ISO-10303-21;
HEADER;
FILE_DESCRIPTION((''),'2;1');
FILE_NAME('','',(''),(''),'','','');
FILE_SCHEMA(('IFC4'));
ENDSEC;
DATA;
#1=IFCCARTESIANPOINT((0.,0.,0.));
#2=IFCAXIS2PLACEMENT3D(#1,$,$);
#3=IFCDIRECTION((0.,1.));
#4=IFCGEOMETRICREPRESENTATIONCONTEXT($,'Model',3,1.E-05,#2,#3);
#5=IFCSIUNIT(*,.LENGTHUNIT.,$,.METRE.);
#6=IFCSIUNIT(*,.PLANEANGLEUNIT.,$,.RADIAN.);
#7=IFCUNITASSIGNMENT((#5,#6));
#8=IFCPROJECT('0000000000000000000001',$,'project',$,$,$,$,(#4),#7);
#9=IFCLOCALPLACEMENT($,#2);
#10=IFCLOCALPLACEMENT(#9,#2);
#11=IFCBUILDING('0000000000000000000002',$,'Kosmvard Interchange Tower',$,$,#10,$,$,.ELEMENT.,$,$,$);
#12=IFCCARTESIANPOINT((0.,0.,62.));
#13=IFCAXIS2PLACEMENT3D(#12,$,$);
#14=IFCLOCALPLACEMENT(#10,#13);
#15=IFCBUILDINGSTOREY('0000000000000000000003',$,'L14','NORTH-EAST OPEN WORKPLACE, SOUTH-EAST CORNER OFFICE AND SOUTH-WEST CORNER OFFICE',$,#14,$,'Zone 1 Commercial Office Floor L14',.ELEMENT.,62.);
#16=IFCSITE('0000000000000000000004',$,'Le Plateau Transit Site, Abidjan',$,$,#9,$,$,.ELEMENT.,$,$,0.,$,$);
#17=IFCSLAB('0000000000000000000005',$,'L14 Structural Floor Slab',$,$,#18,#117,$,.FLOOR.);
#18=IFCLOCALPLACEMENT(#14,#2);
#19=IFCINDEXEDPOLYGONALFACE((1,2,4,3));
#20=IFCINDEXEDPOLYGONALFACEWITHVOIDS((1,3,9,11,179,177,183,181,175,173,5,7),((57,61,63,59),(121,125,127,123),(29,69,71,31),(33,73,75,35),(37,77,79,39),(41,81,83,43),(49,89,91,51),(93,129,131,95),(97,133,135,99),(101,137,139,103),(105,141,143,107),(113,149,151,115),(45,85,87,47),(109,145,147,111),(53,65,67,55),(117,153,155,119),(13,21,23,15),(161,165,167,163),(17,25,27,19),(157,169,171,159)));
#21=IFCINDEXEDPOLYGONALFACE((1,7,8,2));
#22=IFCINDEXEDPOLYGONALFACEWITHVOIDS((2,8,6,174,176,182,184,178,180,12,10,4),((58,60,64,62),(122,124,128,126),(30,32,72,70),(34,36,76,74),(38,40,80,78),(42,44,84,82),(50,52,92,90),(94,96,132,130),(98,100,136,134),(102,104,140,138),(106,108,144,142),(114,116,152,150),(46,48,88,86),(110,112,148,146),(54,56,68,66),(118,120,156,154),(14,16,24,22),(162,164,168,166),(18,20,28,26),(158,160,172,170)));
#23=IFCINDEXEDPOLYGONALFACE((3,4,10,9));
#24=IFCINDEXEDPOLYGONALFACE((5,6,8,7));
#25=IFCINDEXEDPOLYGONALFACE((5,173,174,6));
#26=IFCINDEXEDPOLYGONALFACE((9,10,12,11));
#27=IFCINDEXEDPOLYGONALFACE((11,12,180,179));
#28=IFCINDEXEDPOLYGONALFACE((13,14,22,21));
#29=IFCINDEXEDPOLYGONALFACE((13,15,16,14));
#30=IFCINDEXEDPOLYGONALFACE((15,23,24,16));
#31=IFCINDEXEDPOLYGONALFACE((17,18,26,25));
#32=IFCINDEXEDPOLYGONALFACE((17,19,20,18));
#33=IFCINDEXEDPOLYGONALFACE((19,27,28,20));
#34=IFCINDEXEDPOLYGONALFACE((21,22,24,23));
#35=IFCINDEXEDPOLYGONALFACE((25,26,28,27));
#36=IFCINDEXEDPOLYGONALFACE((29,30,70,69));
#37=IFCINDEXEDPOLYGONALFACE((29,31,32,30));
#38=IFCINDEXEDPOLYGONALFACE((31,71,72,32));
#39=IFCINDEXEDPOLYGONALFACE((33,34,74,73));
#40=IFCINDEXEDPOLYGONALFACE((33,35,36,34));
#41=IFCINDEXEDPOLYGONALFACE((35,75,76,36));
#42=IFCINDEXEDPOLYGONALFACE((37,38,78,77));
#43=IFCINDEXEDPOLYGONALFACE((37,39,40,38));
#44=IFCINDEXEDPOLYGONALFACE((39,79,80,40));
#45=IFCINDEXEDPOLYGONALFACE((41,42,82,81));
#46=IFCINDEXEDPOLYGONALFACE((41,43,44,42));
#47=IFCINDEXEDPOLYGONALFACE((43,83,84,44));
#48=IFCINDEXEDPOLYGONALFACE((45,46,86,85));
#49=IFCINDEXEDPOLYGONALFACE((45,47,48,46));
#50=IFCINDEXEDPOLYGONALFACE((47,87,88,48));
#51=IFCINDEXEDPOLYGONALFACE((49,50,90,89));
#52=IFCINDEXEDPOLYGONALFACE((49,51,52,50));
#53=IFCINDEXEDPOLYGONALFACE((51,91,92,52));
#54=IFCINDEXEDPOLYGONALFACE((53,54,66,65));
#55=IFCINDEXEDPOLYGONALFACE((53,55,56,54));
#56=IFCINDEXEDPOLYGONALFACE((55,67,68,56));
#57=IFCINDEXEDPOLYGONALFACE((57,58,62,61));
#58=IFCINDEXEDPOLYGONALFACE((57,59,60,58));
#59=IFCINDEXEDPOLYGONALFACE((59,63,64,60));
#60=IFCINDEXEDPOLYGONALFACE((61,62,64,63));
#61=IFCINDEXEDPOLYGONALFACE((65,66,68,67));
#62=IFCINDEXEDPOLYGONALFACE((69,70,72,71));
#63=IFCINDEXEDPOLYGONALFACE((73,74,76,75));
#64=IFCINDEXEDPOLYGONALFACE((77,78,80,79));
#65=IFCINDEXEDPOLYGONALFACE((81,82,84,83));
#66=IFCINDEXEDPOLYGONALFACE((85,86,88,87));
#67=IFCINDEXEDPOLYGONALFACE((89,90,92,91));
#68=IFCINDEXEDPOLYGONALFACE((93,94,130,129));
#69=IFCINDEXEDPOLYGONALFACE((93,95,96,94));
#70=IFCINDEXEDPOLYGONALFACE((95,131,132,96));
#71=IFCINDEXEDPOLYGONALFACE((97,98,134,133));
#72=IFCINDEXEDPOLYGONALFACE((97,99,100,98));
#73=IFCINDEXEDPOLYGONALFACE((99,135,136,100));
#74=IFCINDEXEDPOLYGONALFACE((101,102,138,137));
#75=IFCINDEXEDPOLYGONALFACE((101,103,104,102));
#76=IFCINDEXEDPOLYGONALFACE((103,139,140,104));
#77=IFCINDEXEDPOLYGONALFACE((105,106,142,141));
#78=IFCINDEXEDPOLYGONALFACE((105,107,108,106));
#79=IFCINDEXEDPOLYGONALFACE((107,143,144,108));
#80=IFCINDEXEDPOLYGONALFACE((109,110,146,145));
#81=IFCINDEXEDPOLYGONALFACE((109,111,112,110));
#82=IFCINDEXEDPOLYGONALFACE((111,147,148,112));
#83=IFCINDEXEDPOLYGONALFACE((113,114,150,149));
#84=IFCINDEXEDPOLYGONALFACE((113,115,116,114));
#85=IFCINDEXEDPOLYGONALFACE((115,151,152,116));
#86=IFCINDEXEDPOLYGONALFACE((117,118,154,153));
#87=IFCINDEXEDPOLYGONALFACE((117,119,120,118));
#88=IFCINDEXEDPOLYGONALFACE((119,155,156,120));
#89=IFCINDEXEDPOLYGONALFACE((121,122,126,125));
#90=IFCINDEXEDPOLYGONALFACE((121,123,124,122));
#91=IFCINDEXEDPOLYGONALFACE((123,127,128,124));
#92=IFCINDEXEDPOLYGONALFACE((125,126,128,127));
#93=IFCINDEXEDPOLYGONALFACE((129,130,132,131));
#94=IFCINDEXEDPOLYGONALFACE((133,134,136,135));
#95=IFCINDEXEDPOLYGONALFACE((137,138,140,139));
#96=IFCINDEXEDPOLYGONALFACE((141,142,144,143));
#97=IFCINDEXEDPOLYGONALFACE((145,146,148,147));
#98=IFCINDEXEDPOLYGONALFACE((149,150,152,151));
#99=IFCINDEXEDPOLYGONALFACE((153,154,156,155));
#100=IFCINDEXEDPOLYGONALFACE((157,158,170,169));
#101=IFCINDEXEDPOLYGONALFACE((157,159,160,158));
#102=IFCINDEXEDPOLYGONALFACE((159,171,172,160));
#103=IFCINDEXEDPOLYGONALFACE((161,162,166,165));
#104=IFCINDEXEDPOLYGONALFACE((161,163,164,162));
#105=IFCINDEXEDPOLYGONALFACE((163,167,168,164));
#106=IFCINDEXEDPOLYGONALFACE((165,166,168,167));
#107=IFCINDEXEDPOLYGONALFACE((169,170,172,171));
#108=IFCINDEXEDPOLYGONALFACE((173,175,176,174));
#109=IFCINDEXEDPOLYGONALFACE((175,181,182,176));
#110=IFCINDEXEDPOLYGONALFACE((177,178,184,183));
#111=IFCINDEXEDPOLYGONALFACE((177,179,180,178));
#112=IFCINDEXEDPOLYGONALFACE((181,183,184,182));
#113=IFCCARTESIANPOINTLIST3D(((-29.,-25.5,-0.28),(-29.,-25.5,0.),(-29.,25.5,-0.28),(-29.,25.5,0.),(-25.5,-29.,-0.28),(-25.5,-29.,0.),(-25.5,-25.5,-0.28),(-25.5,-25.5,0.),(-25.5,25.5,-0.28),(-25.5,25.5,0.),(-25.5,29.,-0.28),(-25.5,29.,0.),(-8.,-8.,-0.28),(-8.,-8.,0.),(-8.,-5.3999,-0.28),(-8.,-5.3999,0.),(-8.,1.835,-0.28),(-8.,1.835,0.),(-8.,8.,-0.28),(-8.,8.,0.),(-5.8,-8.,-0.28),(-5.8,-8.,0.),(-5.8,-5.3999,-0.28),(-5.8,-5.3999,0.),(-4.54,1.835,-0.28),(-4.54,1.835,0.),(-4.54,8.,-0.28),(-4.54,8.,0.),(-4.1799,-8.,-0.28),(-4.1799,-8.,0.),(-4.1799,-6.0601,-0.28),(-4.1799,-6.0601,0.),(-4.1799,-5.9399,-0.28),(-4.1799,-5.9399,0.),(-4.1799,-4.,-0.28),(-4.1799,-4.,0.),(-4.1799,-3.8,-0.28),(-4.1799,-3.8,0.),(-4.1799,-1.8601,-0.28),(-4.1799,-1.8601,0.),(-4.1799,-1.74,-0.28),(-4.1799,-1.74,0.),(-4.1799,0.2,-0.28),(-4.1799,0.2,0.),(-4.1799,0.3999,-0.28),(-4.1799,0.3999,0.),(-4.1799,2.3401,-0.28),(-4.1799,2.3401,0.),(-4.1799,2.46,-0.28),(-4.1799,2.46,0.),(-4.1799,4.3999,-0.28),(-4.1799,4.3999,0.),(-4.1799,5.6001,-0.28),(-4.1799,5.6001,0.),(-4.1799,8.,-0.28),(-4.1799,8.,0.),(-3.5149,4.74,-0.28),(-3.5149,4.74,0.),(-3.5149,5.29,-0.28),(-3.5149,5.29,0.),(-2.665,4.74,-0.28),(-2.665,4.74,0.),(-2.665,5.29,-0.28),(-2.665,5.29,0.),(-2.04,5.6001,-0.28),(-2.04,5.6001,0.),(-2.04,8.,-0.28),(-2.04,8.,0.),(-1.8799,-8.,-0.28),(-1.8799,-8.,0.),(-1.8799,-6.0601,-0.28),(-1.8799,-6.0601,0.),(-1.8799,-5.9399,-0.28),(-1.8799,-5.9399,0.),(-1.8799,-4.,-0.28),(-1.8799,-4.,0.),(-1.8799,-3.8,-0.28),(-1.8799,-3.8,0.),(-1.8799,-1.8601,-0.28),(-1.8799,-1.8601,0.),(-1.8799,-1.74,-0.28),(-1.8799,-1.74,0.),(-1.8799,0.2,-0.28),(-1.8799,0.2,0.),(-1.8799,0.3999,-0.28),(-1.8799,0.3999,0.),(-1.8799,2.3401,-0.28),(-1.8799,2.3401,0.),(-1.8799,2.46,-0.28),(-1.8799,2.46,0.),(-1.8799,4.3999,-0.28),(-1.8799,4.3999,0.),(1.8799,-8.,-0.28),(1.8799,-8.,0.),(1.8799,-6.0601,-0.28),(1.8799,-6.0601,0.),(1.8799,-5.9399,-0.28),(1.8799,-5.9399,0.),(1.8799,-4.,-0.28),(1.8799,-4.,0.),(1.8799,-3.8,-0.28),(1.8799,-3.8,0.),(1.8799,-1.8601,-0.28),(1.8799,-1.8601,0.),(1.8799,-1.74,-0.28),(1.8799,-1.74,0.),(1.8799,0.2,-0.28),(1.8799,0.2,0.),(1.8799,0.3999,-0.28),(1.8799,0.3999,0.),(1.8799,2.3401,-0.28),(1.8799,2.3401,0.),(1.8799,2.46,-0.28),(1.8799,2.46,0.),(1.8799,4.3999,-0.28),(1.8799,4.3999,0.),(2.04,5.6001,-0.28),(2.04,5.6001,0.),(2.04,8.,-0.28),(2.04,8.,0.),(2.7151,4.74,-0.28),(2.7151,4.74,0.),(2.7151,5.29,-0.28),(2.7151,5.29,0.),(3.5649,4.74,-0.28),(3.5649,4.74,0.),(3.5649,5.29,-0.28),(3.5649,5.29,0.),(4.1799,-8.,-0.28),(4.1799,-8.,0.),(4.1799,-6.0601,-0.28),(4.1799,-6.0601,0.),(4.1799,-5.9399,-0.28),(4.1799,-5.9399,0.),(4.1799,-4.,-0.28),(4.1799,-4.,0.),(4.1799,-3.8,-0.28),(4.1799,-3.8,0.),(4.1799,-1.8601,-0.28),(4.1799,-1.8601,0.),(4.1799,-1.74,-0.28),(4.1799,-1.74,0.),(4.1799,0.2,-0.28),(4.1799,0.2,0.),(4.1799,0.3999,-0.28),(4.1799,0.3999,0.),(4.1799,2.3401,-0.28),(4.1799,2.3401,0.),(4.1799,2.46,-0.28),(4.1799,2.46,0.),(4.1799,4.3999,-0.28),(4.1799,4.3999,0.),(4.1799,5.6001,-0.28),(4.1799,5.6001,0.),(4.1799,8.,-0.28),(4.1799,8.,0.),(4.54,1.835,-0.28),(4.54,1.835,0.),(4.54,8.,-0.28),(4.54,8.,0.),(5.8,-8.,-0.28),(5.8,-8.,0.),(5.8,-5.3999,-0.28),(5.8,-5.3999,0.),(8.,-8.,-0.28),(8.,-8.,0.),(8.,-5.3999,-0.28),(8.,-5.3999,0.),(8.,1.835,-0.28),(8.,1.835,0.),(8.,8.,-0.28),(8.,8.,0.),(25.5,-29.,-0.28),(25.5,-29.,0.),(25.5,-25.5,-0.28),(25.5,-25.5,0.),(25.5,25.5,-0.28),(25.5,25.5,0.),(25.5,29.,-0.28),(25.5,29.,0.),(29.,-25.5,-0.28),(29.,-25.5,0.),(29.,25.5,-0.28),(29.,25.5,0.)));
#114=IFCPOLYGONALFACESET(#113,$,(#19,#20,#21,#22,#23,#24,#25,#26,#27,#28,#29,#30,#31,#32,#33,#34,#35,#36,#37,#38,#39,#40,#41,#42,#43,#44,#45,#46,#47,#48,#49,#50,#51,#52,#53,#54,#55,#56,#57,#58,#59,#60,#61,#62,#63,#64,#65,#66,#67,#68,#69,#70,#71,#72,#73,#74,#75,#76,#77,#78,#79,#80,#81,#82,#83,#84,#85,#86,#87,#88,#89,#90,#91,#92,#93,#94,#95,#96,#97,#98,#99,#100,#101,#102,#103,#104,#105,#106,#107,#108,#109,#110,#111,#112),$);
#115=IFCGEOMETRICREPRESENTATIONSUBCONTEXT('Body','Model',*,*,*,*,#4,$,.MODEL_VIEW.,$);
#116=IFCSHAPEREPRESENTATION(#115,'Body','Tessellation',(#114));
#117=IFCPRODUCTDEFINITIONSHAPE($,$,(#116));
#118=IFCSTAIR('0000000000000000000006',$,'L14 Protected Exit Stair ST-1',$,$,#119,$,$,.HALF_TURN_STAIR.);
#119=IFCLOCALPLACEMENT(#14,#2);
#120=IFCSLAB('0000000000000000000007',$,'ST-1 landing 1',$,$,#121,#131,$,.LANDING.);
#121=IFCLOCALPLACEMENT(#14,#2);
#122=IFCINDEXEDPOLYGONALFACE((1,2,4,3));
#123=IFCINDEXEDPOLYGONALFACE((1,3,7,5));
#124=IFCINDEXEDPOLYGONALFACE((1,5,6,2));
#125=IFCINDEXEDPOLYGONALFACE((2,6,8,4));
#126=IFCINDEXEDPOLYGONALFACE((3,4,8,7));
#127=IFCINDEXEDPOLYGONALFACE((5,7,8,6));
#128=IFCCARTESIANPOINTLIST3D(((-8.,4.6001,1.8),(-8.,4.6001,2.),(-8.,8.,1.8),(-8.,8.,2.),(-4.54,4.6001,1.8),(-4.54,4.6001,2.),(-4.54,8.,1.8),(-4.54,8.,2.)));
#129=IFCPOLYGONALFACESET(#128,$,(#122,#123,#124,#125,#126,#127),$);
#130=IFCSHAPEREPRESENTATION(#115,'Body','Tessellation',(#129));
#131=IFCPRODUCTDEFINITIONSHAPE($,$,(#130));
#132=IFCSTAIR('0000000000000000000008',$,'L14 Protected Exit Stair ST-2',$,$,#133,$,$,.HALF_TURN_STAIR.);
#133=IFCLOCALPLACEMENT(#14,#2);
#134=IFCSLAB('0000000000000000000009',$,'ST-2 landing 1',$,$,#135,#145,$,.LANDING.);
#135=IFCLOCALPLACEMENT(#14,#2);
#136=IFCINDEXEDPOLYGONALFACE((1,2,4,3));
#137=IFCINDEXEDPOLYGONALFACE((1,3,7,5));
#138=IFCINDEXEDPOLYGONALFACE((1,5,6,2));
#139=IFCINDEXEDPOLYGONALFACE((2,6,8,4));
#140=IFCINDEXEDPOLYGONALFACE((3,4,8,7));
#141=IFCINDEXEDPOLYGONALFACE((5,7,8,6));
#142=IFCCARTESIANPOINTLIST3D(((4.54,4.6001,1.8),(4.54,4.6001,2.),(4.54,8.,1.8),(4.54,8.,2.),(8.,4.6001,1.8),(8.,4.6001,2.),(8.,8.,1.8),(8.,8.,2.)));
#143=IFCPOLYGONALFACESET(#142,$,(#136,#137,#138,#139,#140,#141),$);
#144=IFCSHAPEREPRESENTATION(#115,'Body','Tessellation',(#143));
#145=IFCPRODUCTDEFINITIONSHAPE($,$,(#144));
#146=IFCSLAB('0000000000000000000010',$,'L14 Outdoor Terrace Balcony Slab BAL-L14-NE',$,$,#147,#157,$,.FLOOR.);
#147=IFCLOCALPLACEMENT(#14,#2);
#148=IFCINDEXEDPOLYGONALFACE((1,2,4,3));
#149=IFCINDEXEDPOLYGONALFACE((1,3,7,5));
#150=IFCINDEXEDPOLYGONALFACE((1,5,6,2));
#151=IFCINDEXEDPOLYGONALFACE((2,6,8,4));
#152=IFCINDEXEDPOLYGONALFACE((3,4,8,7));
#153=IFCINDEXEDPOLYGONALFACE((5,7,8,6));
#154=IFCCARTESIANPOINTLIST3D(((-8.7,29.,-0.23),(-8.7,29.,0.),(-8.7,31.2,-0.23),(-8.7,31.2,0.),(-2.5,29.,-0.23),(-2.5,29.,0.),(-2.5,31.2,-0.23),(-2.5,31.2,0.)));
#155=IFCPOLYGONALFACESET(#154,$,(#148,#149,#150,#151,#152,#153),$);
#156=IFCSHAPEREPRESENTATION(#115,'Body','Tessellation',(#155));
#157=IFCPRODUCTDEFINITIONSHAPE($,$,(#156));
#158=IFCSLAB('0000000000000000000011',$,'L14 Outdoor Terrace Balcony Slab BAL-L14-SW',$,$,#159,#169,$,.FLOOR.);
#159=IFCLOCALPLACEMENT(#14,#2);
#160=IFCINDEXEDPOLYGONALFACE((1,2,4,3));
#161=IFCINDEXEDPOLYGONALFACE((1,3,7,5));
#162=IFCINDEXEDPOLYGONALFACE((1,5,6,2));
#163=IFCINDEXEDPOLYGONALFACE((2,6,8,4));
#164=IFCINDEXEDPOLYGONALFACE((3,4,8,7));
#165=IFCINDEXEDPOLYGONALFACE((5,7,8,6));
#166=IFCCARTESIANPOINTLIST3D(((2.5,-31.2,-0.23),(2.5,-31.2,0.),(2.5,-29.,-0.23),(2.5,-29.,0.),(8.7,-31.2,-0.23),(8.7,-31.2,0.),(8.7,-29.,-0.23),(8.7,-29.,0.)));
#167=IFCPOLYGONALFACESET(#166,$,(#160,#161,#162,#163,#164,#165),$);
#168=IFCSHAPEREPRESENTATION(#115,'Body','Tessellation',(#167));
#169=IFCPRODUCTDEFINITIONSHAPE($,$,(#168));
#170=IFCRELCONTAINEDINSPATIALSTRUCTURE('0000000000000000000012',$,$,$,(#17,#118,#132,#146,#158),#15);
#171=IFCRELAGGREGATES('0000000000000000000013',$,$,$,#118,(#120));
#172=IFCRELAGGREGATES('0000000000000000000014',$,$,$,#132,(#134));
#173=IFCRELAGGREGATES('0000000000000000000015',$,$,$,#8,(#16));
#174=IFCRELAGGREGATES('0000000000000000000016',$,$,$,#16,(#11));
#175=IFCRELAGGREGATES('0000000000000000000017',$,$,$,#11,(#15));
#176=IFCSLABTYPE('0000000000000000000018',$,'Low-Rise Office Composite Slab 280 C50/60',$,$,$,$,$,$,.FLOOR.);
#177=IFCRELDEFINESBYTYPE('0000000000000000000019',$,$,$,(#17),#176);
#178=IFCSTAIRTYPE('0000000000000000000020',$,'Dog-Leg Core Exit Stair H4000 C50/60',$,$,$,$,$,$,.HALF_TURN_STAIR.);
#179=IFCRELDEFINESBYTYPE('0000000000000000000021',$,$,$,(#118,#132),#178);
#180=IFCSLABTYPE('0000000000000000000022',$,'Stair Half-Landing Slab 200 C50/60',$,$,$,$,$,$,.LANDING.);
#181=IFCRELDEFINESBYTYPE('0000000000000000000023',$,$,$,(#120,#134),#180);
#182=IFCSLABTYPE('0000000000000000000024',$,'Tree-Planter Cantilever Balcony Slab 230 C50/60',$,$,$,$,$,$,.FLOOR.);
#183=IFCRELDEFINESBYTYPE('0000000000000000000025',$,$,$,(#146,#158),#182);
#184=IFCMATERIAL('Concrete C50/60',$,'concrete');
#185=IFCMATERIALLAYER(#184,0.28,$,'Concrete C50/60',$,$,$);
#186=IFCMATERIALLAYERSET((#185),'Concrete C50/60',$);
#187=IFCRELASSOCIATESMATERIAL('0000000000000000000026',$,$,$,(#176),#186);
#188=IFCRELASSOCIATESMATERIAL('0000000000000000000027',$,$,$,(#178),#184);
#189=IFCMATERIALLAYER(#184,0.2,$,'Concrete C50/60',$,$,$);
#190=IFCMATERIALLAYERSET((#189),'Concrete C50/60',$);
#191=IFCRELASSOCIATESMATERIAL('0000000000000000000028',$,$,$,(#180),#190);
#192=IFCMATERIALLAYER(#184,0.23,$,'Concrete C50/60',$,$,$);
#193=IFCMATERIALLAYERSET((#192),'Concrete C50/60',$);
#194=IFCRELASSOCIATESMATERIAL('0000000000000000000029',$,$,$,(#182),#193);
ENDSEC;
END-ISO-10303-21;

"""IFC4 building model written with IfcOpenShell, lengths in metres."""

from ifc_helpers import new_model, si_unit, direction, frame, origin, place, context, subcontext, project, spatial, polyline, outline, extrude, material, layer, layer_set, type_object, element, aggregate, save


model = new_model("IFC4")

# Units and contexts
model_context = context("Model", 3, precision=1e-05, world=origin(), true_north=direction((0.0, 1.0)))
body_context = subcontext(model_context, "Body", "Model", "MODEL_VIEW")
ifc_project = project(units=[si_unit("LENGTHUNIT", "METRE"), si_unit("PLANEANGLEUNIT", "RADIAN")], contexts=[model_context])

# Site, building, storey
site_placement = place(None, origin())
site = spatial("IfcSite", under=ifc_project, at=site_placement, Name="Le Plateau Transit Site, Abidjan", CompositionType="ELEMENT", RefElevation=0.0)
building_placement = place(site_placement, origin())
building = spatial("IfcBuilding", under=site, at=building_placement, Name="Kosmvard Interchange Tower", CompositionType="ELEMENT")
storey_placement = place(building_placement, frame((0.0, 0.0, 62.0)))
storey = spatial("IfcBuildingStorey", under=building, at=storey_placement, Name="L14", Description="NORTH-EAST OPEN WORKPLACE, SOUTH-EAST CORNER OFFICE AND SOUTH-WEST CORNER OFFICE", LongName="Zone 1 Commercial Office Floor L14", CompositionType="ELEMENT", Elevation=62.0)

# Slab
ifc_material_1 = material(Name="Concrete C50/60", Category="concrete")
ifc_layer_1 = layer(ifc_material_1, 0.28, Name="Concrete C50/60")
ifc_layer_set_1 = layer_set([ifc_layer_1], Name="Concrete C50/60")
slab_type_1 = type_object("IfcSlabType", Name="Low-Rise Office Composite Slab 280 C50/60", PredefinedType="FLOOR", material=ifc_layer_set_1)
slab_1_placement = place(storey_placement, frame((0.0, 0.0, -0.28)))
element("IfcSlab", 1, at=slab_1_placement, inside=storey, type_object=slab_type_1, Name="L14 Structural Floor Slab", PredefinedType="FLOOR", context=body_context, shape_type="SweptSolid", body=[
    extrude(outline(polyline([(-25.5, -29.0), (25.5, -29.0), (25.5, -25.5), (29.0, -25.5), (29.0, 25.5), (25.5, 25.5), (25.5, 29.0), (-25.5, 29.0), (-25.5, 25.5), (-29.0, 25.5), (-29.0, -25.5), (-25.5, -25.5), (-25.5, -29.0)]), holes=[polyline([(-8.0, 1.835), (-4.54, 1.835), (-4.54, 8.0), (-8.0, 8.0), (-8.0, 1.835)]), polyline([(4.54, 1.835), (8.0, 1.835), (8.0, 8.0), (4.54, 8.0), (4.54, 1.835)]), polyline([(-8.0, -8.0), (-5.8, -8.0), (-5.8, -5.3999), (-8.0, -5.3999), (-8.0, -8.0)]), polyline([(5.8, -8.0), (8.0, -8.0), (8.0, -5.3999), (5.8, -5.3999), (5.8, -8.0)]), polyline([(-4.1799, -8.0), (-1.8799, -8.0), (-1.8799, -6.0601), (-4.1799, -6.0601), (-4.1799, -8.0)]), polyline([(-4.1799, -5.9399), (-1.8799, -5.9399), (-1.8799, -4.0), (-4.1799, -4.0), (-4.1799, -5.9399)]), polyline([(1.8799, -8.0), (4.1799, -8.0), (4.1799, -6.0601), (1.8799, -6.0601), (1.8799, -8.0)]), polyline([(1.8799, -5.9399), (4.1799, -5.9399), (4.1799, -4.0), (1.8799, -4.0), (1.8799, -5.9399)]), polyline([(-4.1799, -3.8), (-1.8799, -3.8), (-1.8799, -1.8601), (-4.1799, -1.8601), (-4.1799, -3.8)]), polyline([(-4.1799, -1.74), (-1.8799, -1.74), (-1.8799, 0.2), (-4.1799, 0.2), (-4.1799, -1.74)]), polyline([(1.8799, -3.8), (4.1799, -3.8), (4.1799, -1.8601), (1.8799, -1.8601), (1.8799, -3.8)]), polyline([(1.8799, -1.74), (4.1799, -1.74), (4.1799, 0.2), (1.8799, 0.2), (1.8799, -1.74)]), polyline([(-4.1799, 0.3999), (-1.8799, 0.3999), (-1.8799, 2.3401), (-4.1799, 2.3401), (-4.1799, 0.3999)]), polyline([(-4.1799, 2.46), (-1.8799, 2.46), (-1.8799, 4.3999), (-4.1799, 4.3999), (-4.1799, 2.46)]), polyline([(1.8799, 0.3999), (4.1799, 0.3999), (4.1799, 2.3401), (1.8799, 2.3401), (1.8799, 0.3999)]), polyline([(1.8799, 2.46), (4.1799, 2.46), (4.1799, 4.3999), (1.8799, 4.3999), (1.8799, 2.46)]), polyline([(-4.1799, 5.6001), (-2.04, 5.6001), (-2.04, 8.0), (-4.1799, 8.0), (-4.1799, 5.6001)]), polyline([(2.04, 5.6001), (4.1799, 5.6001), (4.1799, 8.0), (2.04, 8.0), (2.04, 5.6001)]), polyline([(-3.5149, 4.74), (-2.665, 4.74), (-2.665, 5.29), (-3.5149, 5.29), (-3.5149, 4.74)]), polyline([(2.7151, 4.74), (3.5649, 4.74), (3.5649, 5.29), (2.7151, 5.29), (2.7151, 4.74)])]), origin(), (0.0, 0.0, 1.0), 0.28),
])

# Stairs, slabs
stair_type = type_object("IfcStairType", Name="Dog-Leg Core Exit Stair H4000 C50/60", PredefinedType="HALF_TURN_STAIR", material=ifc_material_1)
stair_1_placement = place(storey_placement, origin())
stair_1 = element("IfcStair", 2, at=stair_1_placement, inside=storey, type_object=stair_type, Name="L14 Protected Exit Stair ST-1", PredefinedType="HALF_TURN_STAIR")
ifc_layer_2 = layer(ifc_material_1, 0.2, Name="Concrete C50/60")
ifc_layer_set_2 = layer_set([ifc_layer_2], Name="Concrete C50/60")
slab_type_2 = type_object("IfcSlabType", Name="Stair Half-Landing Slab 200 C50/60", PredefinedType="LANDING", material=ifc_layer_set_2)
slab_2_placement = place(storey_placement, frame((0.0, 0.0, 1.8)))
slab_2 = element("IfcSlab", 3, at=slab_2_placement, type_object=slab_type_2, Name="ST-1 landing 1", PredefinedType="LANDING", context=body_context, shape_type="SweptSolid", body=[
    extrude(outline(polyline([(-4.54, 4.6001), (-4.54, 8.0), (-8.0, 8.0), (-8.0, 4.6001), (-4.54, 4.6001)])), origin(), (0.0, 0.0, 1.0), 0.2),
])
aggregate(stair_1, [slab_2])
stair_2_placement = place(storey_placement, origin())
stair_2 = element("IfcStair", 4, at=stair_2_placement, inside=storey, type_object=stair_type, Name="L14 Protected Exit Stair ST-2", PredefinedType="HALF_TURN_STAIR")
slab_3_placement = place(storey_placement, frame((0.0, 0.0, 1.8)))
slab_3 = element("IfcSlab", 5, at=slab_3_placement, type_object=slab_type_2, Name="ST-2 landing 1", PredefinedType="LANDING", context=body_context, shape_type="SweptSolid", body=[
    extrude(outline(polyline([(8.0, 4.6001), (8.0, 8.0), (4.54, 8.0), (4.54, 4.6001), (8.0, 4.6001)])), origin(), (0.0, 0.0, 1.0), 0.2),
])
aggregate(stair_2, [slab_3])

# Slabs
ifc_layer_3 = layer(ifc_material_1, 0.23, Name="Concrete C50/60")
ifc_layer_set_3 = layer_set([ifc_layer_3], Name="Concrete C50/60")
slab_type_3 = type_object("IfcSlabType", Name="Tree-Planter Cantilever Balcony Slab 230 C50/60", PredefinedType="FLOOR", material=ifc_layer_set_3)
slab_4_placement = place(storey_placement, frame((0.0, 0.0, -0.23)))
element("IfcSlab", 6, at=slab_4_placement, inside=storey, type_object=slab_type_3, Name="L14 Outdoor Terrace Balcony Slab BAL-L14-NE", PredefinedType="FLOOR", context=body_context, shape_type="SweptSolid", body=[
    extrude(outline(polyline([(-8.7, 29.0), (-2.5, 29.0), (-2.5, 31.2), (-8.7, 31.2), (-8.7, 29.0)])), origin(), (0.0, 0.0, 1.0), 0.23),
])
slab_5_placement = place(storey_placement, frame((0.0, 0.0, -0.23)))
element("IfcSlab", 7, at=slab_5_placement, inside=storey, type_object=slab_type_3, Name="L14 Outdoor Terrace Balcony Slab BAL-L14-SW", PredefinedType="FLOOR", context=body_context, shape_type="SweptSolid", body=[
    extrude(outline(polyline([(2.5, -31.2), (8.7, -31.2), (8.7, -29.0), (2.5, -29.0), (2.5, -31.2)])), origin(), (0.0, 0.0, 1.0), 0.23),
])

save(model, "model.ifc")
